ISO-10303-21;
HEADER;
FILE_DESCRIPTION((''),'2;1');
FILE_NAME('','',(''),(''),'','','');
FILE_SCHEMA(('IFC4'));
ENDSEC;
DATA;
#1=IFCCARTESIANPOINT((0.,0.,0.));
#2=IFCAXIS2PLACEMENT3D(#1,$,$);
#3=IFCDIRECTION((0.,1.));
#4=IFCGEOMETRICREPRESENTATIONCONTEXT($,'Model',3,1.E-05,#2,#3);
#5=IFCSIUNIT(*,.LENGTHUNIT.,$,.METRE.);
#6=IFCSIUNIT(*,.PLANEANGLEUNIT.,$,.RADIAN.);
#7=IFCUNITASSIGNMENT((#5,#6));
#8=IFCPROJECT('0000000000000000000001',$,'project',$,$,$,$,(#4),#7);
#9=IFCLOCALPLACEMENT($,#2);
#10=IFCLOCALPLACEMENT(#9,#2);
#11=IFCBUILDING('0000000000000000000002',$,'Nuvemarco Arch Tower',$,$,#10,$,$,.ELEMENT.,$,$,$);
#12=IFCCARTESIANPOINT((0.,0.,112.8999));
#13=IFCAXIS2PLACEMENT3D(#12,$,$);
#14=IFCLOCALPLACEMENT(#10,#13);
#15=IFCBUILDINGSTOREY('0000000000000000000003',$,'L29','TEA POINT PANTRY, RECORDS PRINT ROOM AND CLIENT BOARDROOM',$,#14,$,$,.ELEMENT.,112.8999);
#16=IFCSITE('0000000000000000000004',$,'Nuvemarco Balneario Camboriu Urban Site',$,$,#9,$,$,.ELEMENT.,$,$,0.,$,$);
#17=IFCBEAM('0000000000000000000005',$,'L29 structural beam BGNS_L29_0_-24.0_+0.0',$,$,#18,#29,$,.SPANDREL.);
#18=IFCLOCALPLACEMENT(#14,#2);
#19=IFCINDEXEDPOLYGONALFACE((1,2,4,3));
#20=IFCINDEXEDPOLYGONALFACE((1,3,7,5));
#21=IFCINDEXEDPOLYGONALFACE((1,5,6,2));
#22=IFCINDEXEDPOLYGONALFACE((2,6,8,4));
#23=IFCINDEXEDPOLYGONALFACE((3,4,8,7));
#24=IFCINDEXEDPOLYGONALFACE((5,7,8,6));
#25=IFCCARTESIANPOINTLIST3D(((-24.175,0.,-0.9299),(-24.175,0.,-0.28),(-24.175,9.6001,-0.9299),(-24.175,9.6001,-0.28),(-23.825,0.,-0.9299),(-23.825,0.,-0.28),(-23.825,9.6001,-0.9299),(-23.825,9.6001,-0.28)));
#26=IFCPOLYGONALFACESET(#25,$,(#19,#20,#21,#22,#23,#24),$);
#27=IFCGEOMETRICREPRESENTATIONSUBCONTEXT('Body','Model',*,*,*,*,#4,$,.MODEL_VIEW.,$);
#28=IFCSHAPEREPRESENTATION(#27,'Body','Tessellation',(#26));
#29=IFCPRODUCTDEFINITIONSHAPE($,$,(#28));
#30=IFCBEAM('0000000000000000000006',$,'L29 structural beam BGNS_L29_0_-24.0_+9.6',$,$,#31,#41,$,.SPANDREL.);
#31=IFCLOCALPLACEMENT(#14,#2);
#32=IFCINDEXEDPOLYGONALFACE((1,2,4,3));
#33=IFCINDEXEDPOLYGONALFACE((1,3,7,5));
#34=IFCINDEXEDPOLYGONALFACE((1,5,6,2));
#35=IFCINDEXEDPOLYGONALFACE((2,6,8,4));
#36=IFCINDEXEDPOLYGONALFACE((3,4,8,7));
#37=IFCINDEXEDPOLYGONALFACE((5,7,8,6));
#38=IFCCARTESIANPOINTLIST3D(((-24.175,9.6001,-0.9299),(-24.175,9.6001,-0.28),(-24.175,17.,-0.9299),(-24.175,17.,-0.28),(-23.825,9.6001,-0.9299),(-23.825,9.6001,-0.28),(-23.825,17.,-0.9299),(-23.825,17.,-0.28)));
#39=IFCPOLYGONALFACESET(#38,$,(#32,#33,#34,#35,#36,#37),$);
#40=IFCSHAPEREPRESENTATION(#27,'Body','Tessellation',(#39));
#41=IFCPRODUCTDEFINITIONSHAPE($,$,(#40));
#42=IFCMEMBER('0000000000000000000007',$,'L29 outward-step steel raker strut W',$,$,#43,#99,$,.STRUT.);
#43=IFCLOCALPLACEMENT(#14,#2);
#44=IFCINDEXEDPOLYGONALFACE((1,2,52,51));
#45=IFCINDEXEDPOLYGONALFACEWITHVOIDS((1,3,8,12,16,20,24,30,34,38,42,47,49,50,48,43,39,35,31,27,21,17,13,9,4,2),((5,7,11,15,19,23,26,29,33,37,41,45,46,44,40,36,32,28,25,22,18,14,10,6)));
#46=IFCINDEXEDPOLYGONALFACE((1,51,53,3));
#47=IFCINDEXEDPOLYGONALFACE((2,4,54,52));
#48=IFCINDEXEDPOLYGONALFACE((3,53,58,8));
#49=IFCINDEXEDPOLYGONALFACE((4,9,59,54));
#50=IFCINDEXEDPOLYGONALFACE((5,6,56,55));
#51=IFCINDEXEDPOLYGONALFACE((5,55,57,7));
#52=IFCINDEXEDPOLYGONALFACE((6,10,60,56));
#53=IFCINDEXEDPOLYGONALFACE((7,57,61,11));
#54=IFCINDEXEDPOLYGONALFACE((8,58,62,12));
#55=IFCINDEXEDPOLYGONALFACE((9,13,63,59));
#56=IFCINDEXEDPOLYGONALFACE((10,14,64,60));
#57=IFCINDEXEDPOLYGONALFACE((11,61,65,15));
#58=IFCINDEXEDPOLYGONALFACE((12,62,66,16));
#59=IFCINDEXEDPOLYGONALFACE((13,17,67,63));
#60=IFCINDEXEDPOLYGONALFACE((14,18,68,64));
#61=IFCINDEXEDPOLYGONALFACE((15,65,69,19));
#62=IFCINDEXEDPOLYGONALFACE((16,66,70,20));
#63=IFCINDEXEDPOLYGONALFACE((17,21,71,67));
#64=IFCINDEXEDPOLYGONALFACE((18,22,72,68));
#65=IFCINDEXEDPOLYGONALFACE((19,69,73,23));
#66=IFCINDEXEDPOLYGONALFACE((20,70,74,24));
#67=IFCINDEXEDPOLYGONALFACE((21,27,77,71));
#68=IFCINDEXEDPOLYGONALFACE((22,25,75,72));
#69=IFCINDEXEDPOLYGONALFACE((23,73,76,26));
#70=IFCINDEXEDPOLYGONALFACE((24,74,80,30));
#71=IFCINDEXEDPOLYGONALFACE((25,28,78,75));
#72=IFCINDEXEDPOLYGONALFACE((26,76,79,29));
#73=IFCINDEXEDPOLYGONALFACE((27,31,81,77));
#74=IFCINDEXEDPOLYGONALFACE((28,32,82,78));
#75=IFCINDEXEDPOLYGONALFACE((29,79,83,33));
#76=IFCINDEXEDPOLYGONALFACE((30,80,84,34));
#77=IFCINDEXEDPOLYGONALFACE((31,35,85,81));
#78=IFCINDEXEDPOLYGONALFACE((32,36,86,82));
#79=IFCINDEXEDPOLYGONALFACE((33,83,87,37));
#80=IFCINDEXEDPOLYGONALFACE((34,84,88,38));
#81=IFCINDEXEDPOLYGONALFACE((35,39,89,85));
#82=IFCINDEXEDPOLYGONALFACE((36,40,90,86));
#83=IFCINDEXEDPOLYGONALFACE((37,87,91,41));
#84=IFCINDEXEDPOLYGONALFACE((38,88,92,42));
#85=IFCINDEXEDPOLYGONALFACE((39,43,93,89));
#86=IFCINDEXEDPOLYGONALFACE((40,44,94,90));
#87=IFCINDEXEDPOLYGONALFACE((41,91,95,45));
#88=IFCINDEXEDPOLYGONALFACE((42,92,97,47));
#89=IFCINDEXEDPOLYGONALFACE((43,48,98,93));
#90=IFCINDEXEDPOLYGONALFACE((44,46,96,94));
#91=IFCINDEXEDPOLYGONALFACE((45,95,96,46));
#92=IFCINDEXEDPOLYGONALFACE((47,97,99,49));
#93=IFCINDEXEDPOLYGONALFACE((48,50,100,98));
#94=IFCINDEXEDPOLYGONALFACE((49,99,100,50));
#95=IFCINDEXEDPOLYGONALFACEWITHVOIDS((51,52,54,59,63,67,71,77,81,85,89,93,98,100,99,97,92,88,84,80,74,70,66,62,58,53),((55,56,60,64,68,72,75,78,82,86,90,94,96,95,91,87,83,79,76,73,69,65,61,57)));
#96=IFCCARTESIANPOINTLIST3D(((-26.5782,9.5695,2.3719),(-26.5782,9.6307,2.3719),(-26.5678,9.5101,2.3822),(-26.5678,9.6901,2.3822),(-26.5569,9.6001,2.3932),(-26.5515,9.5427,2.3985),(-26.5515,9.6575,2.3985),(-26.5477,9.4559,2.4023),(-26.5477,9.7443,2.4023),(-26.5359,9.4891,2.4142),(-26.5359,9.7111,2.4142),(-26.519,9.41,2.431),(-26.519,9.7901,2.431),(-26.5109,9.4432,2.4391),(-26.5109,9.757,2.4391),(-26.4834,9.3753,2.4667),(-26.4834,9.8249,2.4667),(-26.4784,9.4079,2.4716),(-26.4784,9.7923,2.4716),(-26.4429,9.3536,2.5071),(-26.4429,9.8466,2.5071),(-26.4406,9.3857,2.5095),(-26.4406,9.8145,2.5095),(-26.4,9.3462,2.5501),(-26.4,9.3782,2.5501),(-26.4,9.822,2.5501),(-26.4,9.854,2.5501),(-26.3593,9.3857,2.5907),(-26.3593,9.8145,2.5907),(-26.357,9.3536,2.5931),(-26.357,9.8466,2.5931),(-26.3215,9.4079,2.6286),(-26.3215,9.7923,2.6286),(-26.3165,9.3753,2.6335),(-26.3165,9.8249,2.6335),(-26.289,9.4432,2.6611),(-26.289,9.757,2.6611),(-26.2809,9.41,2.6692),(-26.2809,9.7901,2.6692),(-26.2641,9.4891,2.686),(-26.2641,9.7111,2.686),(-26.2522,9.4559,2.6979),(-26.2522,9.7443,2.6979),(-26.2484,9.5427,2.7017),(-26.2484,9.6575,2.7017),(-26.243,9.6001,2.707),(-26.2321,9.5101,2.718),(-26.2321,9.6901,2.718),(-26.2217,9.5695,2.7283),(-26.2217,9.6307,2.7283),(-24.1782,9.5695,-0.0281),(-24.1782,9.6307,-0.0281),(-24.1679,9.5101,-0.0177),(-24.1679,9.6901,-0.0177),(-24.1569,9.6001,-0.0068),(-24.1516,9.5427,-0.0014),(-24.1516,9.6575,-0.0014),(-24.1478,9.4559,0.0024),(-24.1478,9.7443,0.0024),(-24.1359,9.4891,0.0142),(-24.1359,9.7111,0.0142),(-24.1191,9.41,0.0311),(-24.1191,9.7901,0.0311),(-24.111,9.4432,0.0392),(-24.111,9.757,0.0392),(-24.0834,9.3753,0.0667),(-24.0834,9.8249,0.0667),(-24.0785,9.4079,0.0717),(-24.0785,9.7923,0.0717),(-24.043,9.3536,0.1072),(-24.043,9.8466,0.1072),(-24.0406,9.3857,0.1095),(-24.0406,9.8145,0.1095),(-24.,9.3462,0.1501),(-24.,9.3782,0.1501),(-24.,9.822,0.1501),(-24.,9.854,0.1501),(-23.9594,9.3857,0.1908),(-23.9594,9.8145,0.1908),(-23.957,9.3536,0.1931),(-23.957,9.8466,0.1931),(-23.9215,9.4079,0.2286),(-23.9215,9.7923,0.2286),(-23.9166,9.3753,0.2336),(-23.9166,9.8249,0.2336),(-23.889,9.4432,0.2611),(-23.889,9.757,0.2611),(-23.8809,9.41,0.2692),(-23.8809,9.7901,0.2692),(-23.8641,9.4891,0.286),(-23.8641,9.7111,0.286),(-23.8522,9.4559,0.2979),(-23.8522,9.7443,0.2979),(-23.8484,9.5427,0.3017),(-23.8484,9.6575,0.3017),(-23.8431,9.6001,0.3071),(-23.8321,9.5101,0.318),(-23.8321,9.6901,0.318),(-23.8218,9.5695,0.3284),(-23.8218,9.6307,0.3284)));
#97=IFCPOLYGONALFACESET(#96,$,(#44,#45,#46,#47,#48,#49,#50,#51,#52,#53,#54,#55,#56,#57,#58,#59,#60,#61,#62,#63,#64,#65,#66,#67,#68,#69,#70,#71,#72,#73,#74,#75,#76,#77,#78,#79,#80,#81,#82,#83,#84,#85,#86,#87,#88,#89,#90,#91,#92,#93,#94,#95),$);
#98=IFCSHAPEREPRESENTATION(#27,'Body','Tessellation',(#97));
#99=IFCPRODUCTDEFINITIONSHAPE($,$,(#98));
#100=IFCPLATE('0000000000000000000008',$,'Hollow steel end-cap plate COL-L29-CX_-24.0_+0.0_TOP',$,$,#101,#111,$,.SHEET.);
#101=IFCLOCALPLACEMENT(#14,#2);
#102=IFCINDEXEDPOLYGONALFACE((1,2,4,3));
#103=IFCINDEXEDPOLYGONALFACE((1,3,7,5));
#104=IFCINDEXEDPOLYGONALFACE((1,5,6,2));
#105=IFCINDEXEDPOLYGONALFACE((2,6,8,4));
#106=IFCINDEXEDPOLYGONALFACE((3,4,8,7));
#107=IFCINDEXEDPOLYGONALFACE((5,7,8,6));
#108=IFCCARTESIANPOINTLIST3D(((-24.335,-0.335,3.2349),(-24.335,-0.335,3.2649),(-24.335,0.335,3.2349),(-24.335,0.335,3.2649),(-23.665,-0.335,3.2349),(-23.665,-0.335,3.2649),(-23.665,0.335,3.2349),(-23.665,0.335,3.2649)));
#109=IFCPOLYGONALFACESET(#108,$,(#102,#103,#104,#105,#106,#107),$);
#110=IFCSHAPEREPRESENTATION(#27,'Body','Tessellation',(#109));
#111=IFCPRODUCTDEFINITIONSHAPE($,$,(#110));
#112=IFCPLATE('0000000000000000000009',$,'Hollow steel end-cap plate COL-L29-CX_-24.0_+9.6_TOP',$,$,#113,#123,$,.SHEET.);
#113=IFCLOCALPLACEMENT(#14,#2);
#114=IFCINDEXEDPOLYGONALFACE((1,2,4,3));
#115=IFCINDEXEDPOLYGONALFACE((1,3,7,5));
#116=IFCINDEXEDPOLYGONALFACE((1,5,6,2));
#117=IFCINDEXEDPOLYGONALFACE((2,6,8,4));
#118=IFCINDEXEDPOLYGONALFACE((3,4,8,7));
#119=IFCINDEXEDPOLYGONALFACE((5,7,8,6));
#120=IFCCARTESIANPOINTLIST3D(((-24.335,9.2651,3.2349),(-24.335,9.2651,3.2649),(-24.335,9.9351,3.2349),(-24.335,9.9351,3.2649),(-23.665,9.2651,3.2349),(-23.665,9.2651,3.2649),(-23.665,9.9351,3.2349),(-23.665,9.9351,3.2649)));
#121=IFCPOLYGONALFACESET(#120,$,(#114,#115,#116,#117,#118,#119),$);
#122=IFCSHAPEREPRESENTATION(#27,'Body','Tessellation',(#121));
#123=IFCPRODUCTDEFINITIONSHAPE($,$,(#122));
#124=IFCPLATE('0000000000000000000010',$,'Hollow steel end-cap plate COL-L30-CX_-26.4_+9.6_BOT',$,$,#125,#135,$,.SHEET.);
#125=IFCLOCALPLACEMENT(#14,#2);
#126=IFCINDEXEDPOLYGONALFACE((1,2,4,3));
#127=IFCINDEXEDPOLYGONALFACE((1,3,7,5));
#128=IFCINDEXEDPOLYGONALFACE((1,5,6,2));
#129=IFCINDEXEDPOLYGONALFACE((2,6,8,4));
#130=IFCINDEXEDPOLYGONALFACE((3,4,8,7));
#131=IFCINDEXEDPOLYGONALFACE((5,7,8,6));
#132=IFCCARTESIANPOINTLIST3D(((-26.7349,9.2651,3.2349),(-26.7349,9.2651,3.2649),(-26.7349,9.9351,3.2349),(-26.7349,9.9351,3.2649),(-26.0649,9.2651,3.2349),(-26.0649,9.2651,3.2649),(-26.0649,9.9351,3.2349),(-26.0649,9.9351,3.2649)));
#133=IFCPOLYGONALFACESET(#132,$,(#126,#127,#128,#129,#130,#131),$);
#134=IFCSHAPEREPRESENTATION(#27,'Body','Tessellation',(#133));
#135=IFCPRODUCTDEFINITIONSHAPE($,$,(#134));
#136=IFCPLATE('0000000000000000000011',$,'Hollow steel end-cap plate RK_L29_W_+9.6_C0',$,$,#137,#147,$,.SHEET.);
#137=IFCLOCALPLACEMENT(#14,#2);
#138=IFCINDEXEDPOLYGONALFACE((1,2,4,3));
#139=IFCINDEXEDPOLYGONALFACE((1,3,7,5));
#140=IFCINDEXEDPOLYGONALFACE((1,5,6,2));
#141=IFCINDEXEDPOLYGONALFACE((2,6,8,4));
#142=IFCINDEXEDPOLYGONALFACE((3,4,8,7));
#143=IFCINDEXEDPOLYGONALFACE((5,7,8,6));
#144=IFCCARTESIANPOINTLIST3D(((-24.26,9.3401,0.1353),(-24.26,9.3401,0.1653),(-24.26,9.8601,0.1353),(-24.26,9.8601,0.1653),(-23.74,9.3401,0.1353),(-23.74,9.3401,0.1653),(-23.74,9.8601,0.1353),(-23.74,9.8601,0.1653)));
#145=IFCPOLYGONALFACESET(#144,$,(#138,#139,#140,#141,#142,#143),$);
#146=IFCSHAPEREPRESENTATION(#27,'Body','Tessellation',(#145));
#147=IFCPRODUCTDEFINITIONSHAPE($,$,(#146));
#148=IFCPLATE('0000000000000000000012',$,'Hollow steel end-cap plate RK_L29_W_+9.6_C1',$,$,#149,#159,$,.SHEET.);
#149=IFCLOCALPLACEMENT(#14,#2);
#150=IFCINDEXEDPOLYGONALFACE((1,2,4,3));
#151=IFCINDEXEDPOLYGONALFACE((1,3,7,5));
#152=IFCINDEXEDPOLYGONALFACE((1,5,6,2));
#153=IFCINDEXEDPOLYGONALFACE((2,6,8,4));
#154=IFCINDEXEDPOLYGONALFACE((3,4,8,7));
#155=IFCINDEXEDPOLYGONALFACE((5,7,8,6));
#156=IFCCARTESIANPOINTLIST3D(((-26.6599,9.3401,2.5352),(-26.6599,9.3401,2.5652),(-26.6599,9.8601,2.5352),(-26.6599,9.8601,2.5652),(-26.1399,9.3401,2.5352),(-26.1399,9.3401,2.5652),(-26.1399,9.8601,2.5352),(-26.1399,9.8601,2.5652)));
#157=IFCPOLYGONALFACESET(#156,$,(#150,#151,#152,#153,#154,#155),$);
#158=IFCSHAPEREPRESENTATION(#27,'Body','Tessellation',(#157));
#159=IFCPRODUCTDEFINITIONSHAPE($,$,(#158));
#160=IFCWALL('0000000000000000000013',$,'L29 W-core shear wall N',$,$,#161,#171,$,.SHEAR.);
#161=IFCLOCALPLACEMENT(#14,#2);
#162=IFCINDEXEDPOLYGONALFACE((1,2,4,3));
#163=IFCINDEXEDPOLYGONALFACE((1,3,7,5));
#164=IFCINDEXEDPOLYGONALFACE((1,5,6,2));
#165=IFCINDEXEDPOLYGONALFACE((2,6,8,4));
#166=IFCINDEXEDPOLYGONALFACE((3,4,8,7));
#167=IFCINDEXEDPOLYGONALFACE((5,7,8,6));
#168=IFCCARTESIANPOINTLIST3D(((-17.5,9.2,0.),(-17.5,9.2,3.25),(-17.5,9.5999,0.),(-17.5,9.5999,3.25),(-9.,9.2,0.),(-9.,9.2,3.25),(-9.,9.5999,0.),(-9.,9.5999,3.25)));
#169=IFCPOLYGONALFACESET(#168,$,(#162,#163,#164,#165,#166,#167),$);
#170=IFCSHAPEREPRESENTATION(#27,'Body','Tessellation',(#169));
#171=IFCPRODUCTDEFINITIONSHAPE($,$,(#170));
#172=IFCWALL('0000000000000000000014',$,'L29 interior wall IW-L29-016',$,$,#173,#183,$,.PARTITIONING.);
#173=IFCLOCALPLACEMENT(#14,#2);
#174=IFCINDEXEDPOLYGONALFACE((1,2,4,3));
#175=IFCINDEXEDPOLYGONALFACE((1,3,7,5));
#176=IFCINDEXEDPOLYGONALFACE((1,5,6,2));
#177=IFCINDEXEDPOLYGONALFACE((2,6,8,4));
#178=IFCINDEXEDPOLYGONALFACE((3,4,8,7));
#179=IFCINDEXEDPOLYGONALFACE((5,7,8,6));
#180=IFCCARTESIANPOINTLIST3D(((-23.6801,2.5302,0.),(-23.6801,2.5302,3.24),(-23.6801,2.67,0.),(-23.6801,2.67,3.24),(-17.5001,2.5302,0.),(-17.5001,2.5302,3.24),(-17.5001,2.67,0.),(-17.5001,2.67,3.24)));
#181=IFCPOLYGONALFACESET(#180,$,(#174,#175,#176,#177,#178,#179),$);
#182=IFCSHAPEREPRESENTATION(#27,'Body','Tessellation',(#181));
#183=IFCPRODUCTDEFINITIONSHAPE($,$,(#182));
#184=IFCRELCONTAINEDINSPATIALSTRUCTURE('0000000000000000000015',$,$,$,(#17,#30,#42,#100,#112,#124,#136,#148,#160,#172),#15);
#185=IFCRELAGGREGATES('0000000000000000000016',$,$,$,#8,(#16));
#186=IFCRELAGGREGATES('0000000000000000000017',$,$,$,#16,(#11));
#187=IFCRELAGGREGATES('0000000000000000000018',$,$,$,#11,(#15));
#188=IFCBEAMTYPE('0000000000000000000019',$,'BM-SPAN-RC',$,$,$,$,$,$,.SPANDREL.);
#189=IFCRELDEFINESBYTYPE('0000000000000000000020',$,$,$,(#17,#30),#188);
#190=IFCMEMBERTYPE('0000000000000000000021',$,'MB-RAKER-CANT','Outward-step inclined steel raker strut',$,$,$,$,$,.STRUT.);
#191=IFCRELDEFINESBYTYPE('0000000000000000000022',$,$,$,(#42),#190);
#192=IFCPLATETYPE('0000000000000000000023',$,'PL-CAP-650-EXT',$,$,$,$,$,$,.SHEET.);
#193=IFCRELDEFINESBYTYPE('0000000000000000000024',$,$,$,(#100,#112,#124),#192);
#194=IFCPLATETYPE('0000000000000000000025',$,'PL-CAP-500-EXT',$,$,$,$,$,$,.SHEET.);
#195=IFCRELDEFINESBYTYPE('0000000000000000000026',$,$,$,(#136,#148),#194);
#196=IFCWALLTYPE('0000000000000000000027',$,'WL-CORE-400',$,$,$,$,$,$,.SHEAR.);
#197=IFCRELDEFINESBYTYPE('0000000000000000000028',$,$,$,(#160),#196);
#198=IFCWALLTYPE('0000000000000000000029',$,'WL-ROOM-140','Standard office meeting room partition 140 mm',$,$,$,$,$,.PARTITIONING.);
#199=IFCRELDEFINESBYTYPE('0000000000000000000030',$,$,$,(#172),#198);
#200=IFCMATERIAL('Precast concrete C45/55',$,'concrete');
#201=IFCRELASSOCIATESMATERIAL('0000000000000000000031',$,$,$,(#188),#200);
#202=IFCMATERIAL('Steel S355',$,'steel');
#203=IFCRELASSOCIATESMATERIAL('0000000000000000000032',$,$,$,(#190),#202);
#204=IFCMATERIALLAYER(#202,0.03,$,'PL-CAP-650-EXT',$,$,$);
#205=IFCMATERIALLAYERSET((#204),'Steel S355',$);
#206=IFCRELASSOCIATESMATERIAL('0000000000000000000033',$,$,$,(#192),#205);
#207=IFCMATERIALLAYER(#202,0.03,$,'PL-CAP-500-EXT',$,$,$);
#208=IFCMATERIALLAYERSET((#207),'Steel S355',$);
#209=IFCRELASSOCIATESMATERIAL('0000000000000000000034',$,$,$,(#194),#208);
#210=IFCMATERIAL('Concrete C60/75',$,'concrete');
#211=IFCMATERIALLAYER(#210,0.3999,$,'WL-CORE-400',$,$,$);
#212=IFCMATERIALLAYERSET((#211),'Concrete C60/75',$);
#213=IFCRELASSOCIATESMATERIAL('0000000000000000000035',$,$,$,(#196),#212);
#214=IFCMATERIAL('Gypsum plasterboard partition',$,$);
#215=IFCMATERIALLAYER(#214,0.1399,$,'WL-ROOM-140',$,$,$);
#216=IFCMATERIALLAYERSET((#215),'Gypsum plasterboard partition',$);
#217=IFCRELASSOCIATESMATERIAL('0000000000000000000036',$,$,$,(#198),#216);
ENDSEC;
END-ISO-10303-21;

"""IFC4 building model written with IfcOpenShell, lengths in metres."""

from ifc_helpers import new_model, si_unit, direction, frame, frame_2d, origin, origin_2d, place, context, subcontext, project, spatial, rectangle, hollow_circle, extrude, source, transform, mapped, material, layer, layer_set, material_profile, profile_set, type_object, type_shapes, element, save


model = new_model("IFC4")

# Units and contexts
model_context = context("Model", 3, precision=1e-05, world=origin(), true_north=direction((0.0, 1.0)))
body_context = subcontext(model_context, "Body", "Model", "MODEL_VIEW")
ifc_project = project(units=[si_unit("LENGTHUNIT", "METRE"), si_unit("PLANEANGLEUNIT", "RADIAN")], contexts=[model_context])

# Site, building, storey
site_placement = place(None, origin())
site = spatial("IfcSite", under=ifc_project, at=site_placement, Name="Nuvemarco Balneario Camboriu Urban Site", CompositionType="ELEMENT", RefElevation=0.0)
building_placement = place(site_placement, origin())
building = spatial("IfcBuilding", under=site, at=building_placement, Name="Nuvemarco Arch Tower", CompositionType="ELEMENT")
storey_placement = place(building_placement, frame((0.0, 0.0, 112.8999)))
storey = spatial("IfcBuildingStorey", under=building, at=storey_placement, Name="L29", Description="TEA POINT PANTRY, RECORDS PRINT ROOM AND CLIENT BOARDROOM", CompositionType="ELEMENT", Elevation=112.8999)

# Shared definitions
ifc_material_1 = material(Name="Concrete C60/75", Category="concrete")
ifc_material_2 = material(Name="Steel S355", Category="steel")

# Beams
ifc_material_3 = material(Name="Precast concrete C45/55", Category="concrete")
ifc_material_profile_1 = material_profile(ifc_material_3, rectangle(XDim=0.3501, YDim=0.6499, at=origin_2d()), Name="PC-SP-350x650")
ifc_profile_set_1 = profile_set([ifc_material_profile_1], Name="Precast concrete C45/55")
beam_type_1 = type_object("IfcBeamType", Name="BM-SPAN-RC", PredefinedType="SPANDREL", material=ifc_profile_set_1)
beam_1_placement = place(storey_placement, frame((-24.0, 0.0, -0.605), z_axis=(0.0, 1.0, 0.0), x_axis=(-1.0, 0.0, 0.0)))
element("IfcBeam", 1, at=beam_1_placement, inside=storey, type_object=beam_type_1, Name="L29 structural beam BGNS_L29_0_-24.0_+0.0", PredefinedType="SPANDREL", context=body_context, shape_type="SweptSolid", body=[
    extrude(rectangle(XDim=0.3501, YDim=0.6499, at=origin_2d()), origin(), (0.0, 0.0, 1.0), 9.6001),
])
beam_2_placement = place(storey_placement, frame((-24.0, 9.6001, -0.605), z_axis=(0.0, 1.0, 0.0), x_axis=(-1.0, 0.0, 0.0)))
element("IfcBeam", 2, at=beam_2_placement, inside=storey, type_object=beam_type_1, Name="L29 structural beam BGNS_L29_0_-24.0_+9.6", PredefinedType="SPANDREL", context=body_context, shape_type="SweptSolid", body=[
    extrude(rectangle(XDim=0.3501, YDim=0.6499, at=origin_2d()), origin(), (0.0, 0.0, 1.0), 7.3999),
])

# Member
ifc_material_profile_2 = material_profile(ifc_material_2, hollow_circle(Radius=0.2539, WallThickness=0.032, at=origin_2d()), Name="CHS508x32")
ifc_profile_set_2 = profile_set([ifc_material_profile_2], Name="Steel S355")
member_type = type_object("IfcMemberType", Name="MB-RAKER-CANT", Description="Outward-step inclined steel raker strut", PredefinedType="STRUT", material=ifc_profile_set_2)
member_placement = place(storey_placement, frame((-24.0, 9.6001, 0.1501), z_axis=(-0.707107, 0.0, 0.707107), x_axis=(0.0, -1.0, 0.0)))
element("IfcMember", 3, at=member_placement, inside=storey, type_object=member_type, Name="L29 outward-step steel raker strut W", PredefinedType="STRUT", context=body_context, shape_type="SweptSolid", body=[
    extrude(hollow_circle(Radius=0.2539, WallThickness=0.032, at=origin_2d()), origin(), (0.0, 0.0, 1.0), 3.394),
])

# Plates
ifc_layer_1 = layer(ifc_material_2, 0.03, Name="PL-CAP-650-EXT")
ifc_layer_set_1 = layer_set([ifc_layer_1], Name="Steel S355")
plate_type_1 = type_object("IfcPlateType", Name="PL-CAP-650-EXT", PredefinedType="SHEET", material=ifc_layer_set_1)
shared_shape_1 = source(origin(), body_context, "Body", "SweptSolid", [
    extrude(rectangle(XDim=0.6699, YDim=0.6699, at=origin_2d()), origin(), (0.0, 0.0, 1.0), 0.03),
])
type_shapes(plate_type_1, [shared_shape_1])
for number, where, z_axis, x_axis, name in (
    (4, (-24.0, 0.0, 3.2349), (0.0, 0.0, 1.0), (1.0, 0.0, 0.0), "Hollow steel end-cap plate COL-L29-CX_-24.0_+0.0_TOP"),
    (5, (-24.0, 9.6001, 3.2349), (0.0, 0.0, 1.0), (1.0, 0.0, 0.0), "Hollow steel end-cap plate COL-L29-CX_-24.0_+9.6_TOP"),
    (6, (-26.3999, 9.6001, 3.2349), (0.0, 0.0, 1.0), (1.0, 0.0, 0.0), "Hollow steel end-cap plate COL-L30-CX_-26.4_+9.6_BOT"),
):
    element("IfcPlate", number, at=place(storey_placement, frame(where, z_axis=z_axis, x_axis=x_axis)), inside=storey, type_object=plate_type_1, Name=name, PredefinedType="SHEET", context=body_context, shape_type="MappedRepresentation", body=[
        mapped(shared_shape_1, transform((0.0, 0.0, 0.0), scale=1.0)),
    ])
ifc_layer_2 = layer(ifc_material_2, 0.03, Name="PL-CAP-500-EXT")
ifc_layer_set_2 = layer_set([ifc_layer_2], Name="Steel S355")
plate_type_2 = type_object("IfcPlateType", Name="PL-CAP-500-EXT", PredefinedType="SHEET", material=ifc_layer_set_2)
shared_shape_2 = source(origin(), body_context, "Body", "SweptSolid", [
    extrude(rectangle(XDim=0.52, YDim=0.52, at=origin_2d()), origin(), (0.0, 0.0, 1.0), 0.03),
])
type_shapes(plate_type_2, [shared_shape_2])
for number, where, z_axis, x_axis, name in (
    (7, (-24.0, 9.6001, 0.1353), (0.0, 0.0, 1.0), (1.0, 0.0, 0.0), "Hollow steel end-cap plate RK_L29_W_+9.6_C0"),
    (8, (-26.3999, 9.6001, 2.5352), (0.0, 0.0, 1.0), (1.0, 0.0, 0.0), "Hollow steel end-cap plate RK_L29_W_+9.6_C1"),
):
    element("IfcPlate", number, at=place(storey_placement, frame(where, z_axis=z_axis, x_axis=x_axis)), inside=storey, type_object=plate_type_2, Name=name, PredefinedType="SHEET", context=body_context, shape_type="MappedRepresentation", body=[
        mapped(shared_shape_2, transform((0.0, 0.0, 0.0), scale=1.0)),
    ])

# Walls
ifc_layer_3 = layer(ifc_material_1, 0.3999, Name="WL-CORE-400")
ifc_layer_set_3 = layer_set([ifc_layer_3], Name="Concrete C60/75")
wall_type_1 = type_object("IfcWallType", Name="WL-CORE-400", PredefinedType="SHEAR", material=ifc_layer_set_3)
wall_1_placement = place(storey_placement, frame((-17.5, 9.3999, 0.0), z_axis=(0.0, 0.0, 1.0), x_axis=(1.0, 0.0, 0.0)))
element("IfcWall", 9, at=wall_1_placement, inside=storey, type_object=wall_type_1, Name="L29 W-core shear wall N", PredefinedType="SHEAR", context=body_context, shape_type="SweptSolid", body=[
    extrude(rectangle(XDim=8.5, YDim=0.3999, at=frame_2d((4.25, 0.0))), origin(), (0.0, 0.0, 1.0), 3.25),
])
ifc_material_4 = material(Name="Gypsum plasterboard partition")
ifc_layer_4 = layer(ifc_material_4, 0.1399, Name="WL-ROOM-140")
ifc_layer_set_4 = layer_set([ifc_layer_4], Name="Gypsum plasterboard partition")
wall_type_2 = type_object("IfcWallType", Name="WL-ROOM-140", Description="Standard office meeting room partition 140 mm", PredefinedType="PARTITIONING", material=ifc_layer_set_4)
wall_2_placement = place(storey_placement, frame((-23.6799, 2.6001, 0.0), z_axis=(0.0, 0.0, 1.0), x_axis=(1.0, 0.0, 0.0)))
element("IfcWall", 10, at=wall_2_placement, inside=storey, type_object=wall_type_2, Name="L29 interior wall IW-L29-016", PredefinedType="PARTITIONING", context=body_context, shape_type="SweptSolid", body=[
    extrude(rectangle(XDim=6.1799, YDim=0.1399, at=frame_2d((3.0898, 0.0))), origin(), (0.0, 0.0, 1.0), 3.24),
])

save(model, "model.ifc")
